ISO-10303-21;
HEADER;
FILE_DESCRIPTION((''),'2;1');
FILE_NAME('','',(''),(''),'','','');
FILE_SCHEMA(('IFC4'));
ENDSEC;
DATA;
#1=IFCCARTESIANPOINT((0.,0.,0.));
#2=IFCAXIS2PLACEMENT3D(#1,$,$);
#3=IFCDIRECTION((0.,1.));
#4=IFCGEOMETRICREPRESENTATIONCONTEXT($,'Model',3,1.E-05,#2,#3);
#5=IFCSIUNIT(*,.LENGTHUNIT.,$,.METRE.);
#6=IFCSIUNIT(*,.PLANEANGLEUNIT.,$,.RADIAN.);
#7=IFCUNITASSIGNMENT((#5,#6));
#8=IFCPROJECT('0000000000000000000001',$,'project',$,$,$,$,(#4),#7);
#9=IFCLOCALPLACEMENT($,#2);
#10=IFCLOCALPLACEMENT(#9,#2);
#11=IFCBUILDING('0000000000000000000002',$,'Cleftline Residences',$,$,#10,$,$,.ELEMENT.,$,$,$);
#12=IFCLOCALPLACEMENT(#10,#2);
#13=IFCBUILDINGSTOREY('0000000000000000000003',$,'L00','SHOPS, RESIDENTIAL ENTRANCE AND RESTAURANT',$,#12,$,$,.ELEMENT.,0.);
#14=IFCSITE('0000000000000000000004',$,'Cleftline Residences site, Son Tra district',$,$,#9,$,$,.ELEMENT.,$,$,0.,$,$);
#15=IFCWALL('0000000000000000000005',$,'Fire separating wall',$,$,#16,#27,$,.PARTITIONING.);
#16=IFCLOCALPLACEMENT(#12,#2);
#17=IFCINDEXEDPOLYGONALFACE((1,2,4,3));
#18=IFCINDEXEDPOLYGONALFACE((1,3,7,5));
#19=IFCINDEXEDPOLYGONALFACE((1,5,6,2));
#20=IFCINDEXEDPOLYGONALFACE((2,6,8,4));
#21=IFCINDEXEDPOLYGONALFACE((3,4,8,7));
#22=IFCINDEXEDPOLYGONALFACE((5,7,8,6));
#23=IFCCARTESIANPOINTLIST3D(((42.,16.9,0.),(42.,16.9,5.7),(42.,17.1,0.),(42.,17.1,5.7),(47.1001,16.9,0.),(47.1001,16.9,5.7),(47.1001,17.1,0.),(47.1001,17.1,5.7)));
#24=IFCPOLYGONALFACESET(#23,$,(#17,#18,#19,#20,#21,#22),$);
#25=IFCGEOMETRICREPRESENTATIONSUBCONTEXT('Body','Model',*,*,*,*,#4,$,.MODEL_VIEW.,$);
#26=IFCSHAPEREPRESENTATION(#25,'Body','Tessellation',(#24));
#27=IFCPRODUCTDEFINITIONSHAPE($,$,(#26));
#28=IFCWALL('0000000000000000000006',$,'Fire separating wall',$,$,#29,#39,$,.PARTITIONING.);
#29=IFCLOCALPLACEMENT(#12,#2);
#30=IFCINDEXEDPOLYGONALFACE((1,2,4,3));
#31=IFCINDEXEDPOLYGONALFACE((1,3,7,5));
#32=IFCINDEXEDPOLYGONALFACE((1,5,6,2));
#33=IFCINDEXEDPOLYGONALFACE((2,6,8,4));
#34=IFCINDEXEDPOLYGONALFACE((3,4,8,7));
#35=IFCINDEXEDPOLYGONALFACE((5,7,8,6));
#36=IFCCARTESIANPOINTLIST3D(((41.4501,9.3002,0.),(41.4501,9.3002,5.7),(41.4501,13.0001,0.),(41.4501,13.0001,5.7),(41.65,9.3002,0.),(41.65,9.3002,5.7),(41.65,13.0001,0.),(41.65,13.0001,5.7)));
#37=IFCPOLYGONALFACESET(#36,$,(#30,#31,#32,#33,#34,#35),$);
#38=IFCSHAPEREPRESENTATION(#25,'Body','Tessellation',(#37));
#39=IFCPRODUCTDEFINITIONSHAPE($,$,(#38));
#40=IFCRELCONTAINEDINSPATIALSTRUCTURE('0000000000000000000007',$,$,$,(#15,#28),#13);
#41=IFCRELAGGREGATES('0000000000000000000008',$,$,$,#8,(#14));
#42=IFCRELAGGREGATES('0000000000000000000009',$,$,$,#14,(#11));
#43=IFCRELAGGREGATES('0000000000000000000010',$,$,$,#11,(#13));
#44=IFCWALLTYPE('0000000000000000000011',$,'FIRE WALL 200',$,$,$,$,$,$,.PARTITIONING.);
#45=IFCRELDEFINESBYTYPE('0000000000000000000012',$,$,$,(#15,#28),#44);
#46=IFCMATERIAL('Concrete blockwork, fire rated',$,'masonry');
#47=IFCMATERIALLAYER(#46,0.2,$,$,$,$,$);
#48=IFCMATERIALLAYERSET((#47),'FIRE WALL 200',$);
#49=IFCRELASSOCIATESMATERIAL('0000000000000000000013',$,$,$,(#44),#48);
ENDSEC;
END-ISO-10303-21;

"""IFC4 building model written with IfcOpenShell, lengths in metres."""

from ifc_helpers import new_model, si_unit, direction, frame, frame_2d, origin, place, context, subcontext, project, spatial, rectangle, extrude, material, layer, layer_set, type_object, element, save


model = new_model("IFC4")

# Units and contexts
model_context = context("Model", 3, precision=1e-05, world=origin(), true_north=direction((0.0, 1.0)))
body_context = subcontext(model_context, "Body", "Model", "MODEL_VIEW")
ifc_project = project(units=[si_unit("LENGTHUNIT", "METRE"), si_unit("PLANEANGLEUNIT", "RADIAN")], contexts=[model_context])

# Site, building, storey
site_placement = place(None, origin())
site = spatial("IfcSite", under=ifc_project, at=site_placement, Name="Cleftline Residences site, Son Tra district", CompositionType="ELEMENT", RefElevation=0.0)
building_placement = place(site_placement, origin())
building = spatial("IfcBuilding", under=site, at=building_placement, Name="Cleftline Residences", CompositionType="ELEMENT")
storey_placement = place(building_placement, origin())
storey = spatial("IfcBuildingStorey", under=building, at=storey_placement, Name="L00", Description="SHOPS, RESIDENTIAL ENTRANCE AND RESTAURANT", CompositionType="ELEMENT", Elevation=0.0)

# Walls
ifc_material_1 = material(Name="Concrete blockwork, fire rated", Category="masonry")
ifc_layer_1 = layer(ifc_material_1, 0.2)
ifc_layer_set_1 = layer_set([ifc_layer_1], Name="FIRE WALL 200")
wall_type_1 = type_object("IfcWallType", Name="FIRE WALL 200", PredefinedType="PARTITIONING", material=ifc_layer_set_1)
for number, where, z_axis, x_axis, name in (
    (1, (42.0, 17.0, 0.0), (0.0, 0.0, 1.0), (1.0, 0.0, 0.0), "Fire separating wall"),
):
    element("IfcWall", number, at=place(storey_placement, frame(where, z_axis=z_axis, x_axis=x_axis)), inside=storey, type_object=wall_type_1, Name=name, PredefinedType="PARTITIONING", context=body_context, shape_type="SweptSolid", body=[
        extrude(rectangle(XDim=5.1001, YDim=0.2, at=frame_2d((2.55, 0.0))), origin(), (0.0, 0.0, 1.0), 5.7),
    ])
wall_1_placement = place(storey_placement, frame((41.55, 9.3, 0.0), z_axis=(0.0, 0.0, 1.0), x_axis=(0.0, 1.0, 0.0)))
element("IfcWall", 2, at=wall_1_placement, inside=storey, type_object=wall_type_1, Name="Fire separating wall", PredefinedType="PARTITIONING", context=body_context, shape_type="SweptSolid", body=[
    extrude(rectangle(XDim=3.7, YDim=0.2, at=frame_2d((1.8501, 0.0))), origin(), (0.0, 0.0, 1.0), 5.7),
])

save(model, "model.ifc")
